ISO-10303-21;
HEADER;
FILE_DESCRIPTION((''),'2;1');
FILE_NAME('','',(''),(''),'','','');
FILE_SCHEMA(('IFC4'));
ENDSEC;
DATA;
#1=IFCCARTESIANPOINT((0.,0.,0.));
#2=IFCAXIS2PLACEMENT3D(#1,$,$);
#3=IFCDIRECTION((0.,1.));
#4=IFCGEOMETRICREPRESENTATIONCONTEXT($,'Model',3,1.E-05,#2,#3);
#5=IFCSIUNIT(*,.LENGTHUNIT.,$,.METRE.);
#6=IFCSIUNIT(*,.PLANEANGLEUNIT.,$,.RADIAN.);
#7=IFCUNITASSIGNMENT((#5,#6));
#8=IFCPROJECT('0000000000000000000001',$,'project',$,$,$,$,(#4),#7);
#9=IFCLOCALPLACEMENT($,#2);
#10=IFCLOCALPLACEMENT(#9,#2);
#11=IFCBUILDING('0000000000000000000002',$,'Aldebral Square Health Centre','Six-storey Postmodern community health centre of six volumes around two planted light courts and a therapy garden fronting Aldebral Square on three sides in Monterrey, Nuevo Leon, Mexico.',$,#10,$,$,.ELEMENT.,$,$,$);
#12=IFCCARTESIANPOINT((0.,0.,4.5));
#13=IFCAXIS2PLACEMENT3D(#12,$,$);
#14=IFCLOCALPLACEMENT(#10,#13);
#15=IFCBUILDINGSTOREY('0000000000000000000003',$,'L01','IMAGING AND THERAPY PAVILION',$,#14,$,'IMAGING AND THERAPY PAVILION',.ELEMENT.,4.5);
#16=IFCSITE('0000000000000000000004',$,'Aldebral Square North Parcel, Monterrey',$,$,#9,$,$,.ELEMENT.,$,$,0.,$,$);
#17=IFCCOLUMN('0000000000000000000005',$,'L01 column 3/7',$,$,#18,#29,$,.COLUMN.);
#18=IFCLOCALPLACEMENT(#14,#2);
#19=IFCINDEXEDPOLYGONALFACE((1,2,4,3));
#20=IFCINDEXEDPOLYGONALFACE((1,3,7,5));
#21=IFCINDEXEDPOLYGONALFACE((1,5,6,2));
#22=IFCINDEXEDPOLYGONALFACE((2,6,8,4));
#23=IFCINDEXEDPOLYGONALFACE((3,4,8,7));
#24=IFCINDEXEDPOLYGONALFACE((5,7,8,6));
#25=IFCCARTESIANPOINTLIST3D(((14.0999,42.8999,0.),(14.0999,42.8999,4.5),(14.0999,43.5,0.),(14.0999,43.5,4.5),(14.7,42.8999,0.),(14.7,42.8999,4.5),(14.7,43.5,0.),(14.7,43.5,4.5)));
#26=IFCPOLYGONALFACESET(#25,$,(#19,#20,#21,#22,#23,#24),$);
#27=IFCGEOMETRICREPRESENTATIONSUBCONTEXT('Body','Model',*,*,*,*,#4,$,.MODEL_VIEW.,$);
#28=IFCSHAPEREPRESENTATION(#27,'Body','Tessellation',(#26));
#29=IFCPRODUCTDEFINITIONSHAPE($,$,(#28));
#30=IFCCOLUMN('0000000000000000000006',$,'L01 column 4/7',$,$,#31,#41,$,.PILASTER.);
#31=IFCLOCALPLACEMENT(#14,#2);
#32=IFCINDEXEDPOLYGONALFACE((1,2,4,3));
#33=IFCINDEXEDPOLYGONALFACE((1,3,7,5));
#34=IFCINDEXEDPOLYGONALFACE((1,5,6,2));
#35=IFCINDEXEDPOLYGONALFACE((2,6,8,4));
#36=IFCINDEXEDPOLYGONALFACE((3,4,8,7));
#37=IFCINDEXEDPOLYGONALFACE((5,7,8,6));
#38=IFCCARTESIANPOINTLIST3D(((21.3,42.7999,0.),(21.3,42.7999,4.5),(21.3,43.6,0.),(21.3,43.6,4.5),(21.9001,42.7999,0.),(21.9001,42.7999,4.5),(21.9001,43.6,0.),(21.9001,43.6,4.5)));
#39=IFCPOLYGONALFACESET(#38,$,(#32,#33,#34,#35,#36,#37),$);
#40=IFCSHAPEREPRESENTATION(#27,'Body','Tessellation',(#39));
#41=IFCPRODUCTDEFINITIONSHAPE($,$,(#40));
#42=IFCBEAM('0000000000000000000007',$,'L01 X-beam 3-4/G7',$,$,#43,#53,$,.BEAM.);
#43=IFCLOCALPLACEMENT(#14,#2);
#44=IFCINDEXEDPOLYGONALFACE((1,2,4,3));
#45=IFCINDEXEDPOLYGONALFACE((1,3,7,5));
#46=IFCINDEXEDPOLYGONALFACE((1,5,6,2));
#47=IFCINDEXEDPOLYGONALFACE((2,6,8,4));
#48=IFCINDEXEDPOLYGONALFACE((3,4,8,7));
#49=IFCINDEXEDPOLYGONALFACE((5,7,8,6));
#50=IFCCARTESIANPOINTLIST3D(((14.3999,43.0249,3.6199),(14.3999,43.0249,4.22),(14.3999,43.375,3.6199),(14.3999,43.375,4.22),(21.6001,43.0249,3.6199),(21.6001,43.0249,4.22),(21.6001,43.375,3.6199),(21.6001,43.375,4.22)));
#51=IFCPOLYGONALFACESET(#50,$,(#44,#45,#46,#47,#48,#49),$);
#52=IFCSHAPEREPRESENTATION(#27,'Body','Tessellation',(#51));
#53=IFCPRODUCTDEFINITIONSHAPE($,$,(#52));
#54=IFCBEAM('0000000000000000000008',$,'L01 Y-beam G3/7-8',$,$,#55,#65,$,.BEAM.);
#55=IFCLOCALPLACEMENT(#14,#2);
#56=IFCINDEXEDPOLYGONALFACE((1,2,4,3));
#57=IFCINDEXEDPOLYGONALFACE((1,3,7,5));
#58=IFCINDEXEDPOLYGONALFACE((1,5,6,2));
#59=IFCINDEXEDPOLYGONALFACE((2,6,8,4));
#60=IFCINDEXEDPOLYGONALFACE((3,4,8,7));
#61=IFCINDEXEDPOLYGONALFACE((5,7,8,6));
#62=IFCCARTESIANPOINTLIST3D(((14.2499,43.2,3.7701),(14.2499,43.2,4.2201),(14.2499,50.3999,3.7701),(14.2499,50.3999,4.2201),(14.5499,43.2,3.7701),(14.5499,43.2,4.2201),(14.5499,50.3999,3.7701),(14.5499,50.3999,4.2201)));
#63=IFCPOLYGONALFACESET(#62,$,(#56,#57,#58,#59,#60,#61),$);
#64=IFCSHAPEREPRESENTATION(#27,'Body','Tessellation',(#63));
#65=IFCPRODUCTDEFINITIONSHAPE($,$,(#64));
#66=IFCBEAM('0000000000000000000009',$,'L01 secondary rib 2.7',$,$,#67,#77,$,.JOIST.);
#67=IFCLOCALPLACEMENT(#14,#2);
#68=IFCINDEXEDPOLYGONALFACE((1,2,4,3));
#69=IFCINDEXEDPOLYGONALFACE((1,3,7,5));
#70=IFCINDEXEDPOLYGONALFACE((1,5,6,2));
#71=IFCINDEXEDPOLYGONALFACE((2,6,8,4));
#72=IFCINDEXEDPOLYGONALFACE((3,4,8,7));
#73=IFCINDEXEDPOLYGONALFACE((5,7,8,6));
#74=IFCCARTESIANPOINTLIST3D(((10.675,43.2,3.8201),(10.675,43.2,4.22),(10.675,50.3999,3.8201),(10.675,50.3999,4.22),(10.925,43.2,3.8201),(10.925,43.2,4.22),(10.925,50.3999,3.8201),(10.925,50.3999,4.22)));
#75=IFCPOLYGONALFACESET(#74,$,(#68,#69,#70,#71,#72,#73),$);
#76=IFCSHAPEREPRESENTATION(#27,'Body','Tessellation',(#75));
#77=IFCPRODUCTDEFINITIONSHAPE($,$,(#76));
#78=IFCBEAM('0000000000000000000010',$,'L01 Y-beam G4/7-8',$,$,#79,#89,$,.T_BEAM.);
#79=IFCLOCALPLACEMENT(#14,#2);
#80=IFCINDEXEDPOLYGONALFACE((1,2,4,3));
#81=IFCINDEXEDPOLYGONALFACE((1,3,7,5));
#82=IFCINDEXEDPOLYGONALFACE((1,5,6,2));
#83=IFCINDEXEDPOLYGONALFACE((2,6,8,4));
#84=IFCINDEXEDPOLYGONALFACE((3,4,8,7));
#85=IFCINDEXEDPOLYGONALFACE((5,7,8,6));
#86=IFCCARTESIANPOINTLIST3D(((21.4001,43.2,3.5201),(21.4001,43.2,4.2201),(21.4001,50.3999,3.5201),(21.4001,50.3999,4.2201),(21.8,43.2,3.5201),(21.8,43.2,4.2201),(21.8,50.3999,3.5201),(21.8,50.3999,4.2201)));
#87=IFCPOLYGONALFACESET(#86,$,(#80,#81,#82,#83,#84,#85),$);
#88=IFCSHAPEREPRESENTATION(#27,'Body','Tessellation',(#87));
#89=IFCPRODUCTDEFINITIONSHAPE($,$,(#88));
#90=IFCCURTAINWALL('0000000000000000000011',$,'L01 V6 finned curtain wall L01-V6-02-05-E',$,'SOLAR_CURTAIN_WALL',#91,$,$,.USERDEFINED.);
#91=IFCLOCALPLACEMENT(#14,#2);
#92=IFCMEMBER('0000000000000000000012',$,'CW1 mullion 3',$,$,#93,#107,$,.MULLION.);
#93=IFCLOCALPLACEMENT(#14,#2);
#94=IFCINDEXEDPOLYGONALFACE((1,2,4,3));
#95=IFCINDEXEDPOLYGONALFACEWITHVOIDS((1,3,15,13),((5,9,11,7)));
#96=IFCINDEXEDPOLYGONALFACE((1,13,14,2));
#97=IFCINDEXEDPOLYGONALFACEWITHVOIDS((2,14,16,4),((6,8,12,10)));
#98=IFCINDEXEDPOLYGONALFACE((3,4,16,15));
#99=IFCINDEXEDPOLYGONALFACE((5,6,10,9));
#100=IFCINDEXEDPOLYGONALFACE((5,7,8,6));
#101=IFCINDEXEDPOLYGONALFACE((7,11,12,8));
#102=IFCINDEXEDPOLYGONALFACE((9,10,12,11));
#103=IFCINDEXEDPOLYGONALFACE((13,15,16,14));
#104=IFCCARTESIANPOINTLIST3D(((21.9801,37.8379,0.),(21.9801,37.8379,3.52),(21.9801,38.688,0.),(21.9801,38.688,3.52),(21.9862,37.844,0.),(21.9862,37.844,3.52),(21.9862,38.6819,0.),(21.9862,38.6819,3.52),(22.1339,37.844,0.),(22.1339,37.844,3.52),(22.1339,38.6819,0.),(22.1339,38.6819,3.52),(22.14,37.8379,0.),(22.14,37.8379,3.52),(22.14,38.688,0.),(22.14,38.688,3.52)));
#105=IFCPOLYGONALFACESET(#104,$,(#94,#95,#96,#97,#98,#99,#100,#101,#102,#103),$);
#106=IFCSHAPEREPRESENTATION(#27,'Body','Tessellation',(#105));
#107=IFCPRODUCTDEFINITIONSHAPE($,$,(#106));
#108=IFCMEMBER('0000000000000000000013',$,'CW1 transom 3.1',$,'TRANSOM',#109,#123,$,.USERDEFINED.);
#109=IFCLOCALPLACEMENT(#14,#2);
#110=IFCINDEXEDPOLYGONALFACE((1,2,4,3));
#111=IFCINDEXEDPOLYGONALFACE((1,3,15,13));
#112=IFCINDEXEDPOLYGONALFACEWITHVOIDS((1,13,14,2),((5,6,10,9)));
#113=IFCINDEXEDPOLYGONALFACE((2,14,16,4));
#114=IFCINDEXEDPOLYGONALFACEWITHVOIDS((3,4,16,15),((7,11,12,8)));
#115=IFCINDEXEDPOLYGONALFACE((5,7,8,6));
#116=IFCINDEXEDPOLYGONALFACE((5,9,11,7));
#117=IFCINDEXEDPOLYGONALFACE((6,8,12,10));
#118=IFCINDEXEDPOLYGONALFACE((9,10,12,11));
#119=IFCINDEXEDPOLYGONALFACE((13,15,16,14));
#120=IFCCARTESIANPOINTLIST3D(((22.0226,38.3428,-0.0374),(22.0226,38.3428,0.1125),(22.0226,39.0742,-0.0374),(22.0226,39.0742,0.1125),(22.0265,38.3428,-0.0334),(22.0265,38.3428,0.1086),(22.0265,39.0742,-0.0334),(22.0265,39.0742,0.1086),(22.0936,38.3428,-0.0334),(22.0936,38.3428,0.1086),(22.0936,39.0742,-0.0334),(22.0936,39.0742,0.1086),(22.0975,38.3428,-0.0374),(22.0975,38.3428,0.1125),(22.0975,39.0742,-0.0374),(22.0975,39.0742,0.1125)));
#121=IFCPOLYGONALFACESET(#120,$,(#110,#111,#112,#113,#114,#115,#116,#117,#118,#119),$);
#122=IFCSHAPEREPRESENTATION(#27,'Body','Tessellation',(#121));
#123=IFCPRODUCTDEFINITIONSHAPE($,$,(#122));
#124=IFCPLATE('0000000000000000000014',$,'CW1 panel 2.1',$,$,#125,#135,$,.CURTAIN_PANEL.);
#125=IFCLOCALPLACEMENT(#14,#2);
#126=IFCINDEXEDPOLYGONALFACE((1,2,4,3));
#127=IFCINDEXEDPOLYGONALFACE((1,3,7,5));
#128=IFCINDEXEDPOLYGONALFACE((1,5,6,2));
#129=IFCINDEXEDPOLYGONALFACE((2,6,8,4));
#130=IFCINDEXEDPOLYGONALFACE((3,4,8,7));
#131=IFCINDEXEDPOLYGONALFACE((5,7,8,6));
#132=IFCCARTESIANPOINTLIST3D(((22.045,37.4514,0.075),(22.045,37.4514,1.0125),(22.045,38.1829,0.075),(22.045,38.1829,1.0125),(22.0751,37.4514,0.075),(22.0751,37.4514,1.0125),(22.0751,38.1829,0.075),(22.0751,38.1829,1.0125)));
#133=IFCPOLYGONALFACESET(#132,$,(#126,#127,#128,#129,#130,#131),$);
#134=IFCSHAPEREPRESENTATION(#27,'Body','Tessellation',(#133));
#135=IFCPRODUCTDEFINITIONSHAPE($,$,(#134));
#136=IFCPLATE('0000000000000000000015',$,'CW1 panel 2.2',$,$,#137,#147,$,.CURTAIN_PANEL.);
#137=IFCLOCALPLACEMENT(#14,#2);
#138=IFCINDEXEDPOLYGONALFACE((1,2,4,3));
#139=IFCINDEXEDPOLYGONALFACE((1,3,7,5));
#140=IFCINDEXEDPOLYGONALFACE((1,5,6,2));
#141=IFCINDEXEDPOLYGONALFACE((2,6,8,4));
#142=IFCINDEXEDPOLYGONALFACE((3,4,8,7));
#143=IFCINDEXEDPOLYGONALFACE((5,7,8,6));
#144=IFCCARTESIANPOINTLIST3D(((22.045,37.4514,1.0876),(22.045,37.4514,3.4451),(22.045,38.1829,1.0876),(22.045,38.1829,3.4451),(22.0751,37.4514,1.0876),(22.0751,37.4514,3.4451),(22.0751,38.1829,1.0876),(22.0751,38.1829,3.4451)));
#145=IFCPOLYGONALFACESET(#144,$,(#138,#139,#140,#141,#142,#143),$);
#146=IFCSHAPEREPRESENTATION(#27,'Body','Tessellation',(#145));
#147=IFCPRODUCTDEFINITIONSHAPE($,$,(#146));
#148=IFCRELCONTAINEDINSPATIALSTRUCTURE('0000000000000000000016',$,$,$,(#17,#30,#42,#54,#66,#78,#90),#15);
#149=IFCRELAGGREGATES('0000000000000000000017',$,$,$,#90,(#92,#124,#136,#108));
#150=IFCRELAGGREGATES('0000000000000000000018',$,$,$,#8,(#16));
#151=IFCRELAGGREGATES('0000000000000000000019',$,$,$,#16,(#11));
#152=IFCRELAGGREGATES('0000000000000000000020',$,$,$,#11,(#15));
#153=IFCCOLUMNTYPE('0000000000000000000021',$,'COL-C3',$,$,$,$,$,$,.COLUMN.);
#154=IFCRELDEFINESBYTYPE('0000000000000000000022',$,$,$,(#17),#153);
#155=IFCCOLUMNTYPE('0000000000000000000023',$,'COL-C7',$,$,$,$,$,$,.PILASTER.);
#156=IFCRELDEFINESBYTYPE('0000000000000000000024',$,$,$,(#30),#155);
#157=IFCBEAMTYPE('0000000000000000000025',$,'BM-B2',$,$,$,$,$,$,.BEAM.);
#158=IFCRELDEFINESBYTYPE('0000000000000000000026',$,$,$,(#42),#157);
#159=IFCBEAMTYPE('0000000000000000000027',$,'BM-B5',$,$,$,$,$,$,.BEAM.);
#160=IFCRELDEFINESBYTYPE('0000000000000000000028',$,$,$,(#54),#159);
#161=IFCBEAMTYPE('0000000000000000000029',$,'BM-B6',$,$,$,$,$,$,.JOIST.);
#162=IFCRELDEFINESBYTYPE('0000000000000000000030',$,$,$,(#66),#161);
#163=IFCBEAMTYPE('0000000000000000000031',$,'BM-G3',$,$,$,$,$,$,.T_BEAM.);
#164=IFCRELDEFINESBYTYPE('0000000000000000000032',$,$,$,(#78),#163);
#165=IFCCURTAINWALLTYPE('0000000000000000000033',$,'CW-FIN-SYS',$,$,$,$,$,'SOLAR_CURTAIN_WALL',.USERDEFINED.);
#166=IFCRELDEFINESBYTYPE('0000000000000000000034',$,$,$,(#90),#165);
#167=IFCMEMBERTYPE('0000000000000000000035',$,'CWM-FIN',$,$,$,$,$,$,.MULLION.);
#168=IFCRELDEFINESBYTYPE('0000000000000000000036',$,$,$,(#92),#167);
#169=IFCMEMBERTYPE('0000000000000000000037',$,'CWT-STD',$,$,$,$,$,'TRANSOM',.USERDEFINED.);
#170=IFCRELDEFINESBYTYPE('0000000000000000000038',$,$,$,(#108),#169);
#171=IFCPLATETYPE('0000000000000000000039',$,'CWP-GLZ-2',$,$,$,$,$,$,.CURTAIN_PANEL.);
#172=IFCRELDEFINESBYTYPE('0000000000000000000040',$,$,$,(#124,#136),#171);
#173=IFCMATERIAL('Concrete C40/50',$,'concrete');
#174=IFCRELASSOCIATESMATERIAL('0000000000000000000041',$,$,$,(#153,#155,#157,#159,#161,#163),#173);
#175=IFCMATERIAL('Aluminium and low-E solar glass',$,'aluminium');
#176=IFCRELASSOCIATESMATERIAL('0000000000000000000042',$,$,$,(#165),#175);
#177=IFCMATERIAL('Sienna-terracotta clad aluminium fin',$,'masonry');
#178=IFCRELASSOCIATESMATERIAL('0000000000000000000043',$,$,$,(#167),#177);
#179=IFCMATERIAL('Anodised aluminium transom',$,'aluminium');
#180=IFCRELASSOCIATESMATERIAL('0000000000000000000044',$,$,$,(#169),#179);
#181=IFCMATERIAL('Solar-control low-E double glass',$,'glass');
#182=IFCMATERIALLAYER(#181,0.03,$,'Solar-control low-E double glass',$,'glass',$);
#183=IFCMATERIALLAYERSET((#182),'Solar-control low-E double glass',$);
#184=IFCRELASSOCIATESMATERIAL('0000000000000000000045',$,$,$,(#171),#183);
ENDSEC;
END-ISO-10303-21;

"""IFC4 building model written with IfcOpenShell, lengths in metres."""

from ifc_helpers import new_model, si_unit, direction, frame, origin, origin_2d, place, context, subcontext, project, spatial, rectangle, hollow_rectangle, extrude, material, layer, layer_set, material_profile, profile_set, type_object, element, aggregate, save


model = new_model("IFC4")

# Units and contexts
model_context = context("Model", 3, precision=1e-05, world=origin(), true_north=direction((0.0, 1.0)))
body_context = subcontext(model_context, "Body", "Model", "MODEL_VIEW")
ifc_project = project(units=[si_unit("LENGTHUNIT", "METRE"), si_unit("PLANEANGLEUNIT", "RADIAN")], contexts=[model_context])

# Site, building, storey
site_placement = place(None, origin())
site = spatial("IfcSite", under=ifc_project, at=site_placement, Name="Aldebral Square North Parcel, Monterrey", CompositionType="ELEMENT", RefElevation=0.0)
building_placement = place(site_placement, origin())
building = spatial("IfcBuilding", under=site, at=building_placement, Name="Aldebral Square Health Centre", Description="Six-storey Postmodern community health centre of six volumes around two planted light courts and a therapy garden fronting Aldebral Square on three sides in Monterrey, Nuevo Leon, Mexico.", CompositionType="ELEMENT")
storey_placement = place(building_placement, frame((0.0, 0.0, 4.5)))
storey = spatial("IfcBuildingStorey", under=building, at=storey_placement, Name="L01", Description="IMAGING AND THERAPY PAVILION", LongName="IMAGING AND THERAPY PAVILION", CompositionType="ELEMENT", Elevation=4.5)

# Columns
ifc_material_1 = material(Name="Concrete C40/50", Category="concrete")
ifc_material_profile_1 = material_profile(ifc_material_1, rectangle(XDim=0.6001, YDim=0.6001, at=origin_2d()), Name="RC 600x600")
ifc_profile_set_1 = profile_set([ifc_material_profile_1], Name="Concrete C40/50")
column_type_1 = type_object("IfcColumnType", Name="COL-C3", PredefinedType="COLUMN", material=ifc_profile_set_1)
column_1_placement = place(storey_placement, frame((14.3999, 43.2, 0.0), z_axis=(0.0, 0.0, 1.0), x_axis=(1.0, 0.0, 0.0)))
element("IfcColumn", 1, at=column_1_placement, inside=storey, type_object=column_type_1, Name="L01 column 3/7", PredefinedType="COLUMN", context=body_context, shape_type="SweptSolid", body=[
    extrude(rectangle(XDim=0.6001, YDim=0.6001, at=origin_2d()), origin(), (0.0, 0.0, 1.0), 4.5),
])
ifc_material_profile_2 = material_profile(ifc_material_1, rectangle(XDim=0.6001, YDim=0.8, at=origin_2d()), Name="RC 600x800")
ifc_profile_set_2 = profile_set([ifc_material_profile_2], Name="Concrete C40/50")
column_type_2 = type_object("IfcColumnType", Name="COL-C7", PredefinedType="PILASTER", material=ifc_profile_set_2)
column_2_placement = place(storey_placement, frame((21.6001, 43.2, 0.0), z_axis=(0.0, 0.0, 1.0), x_axis=(1.0, 0.0, 0.0)))
element("IfcColumn", 2, at=column_2_placement, inside=storey, type_object=column_type_2, Name="L01 column 4/7", PredefinedType="PILASTER", context=body_context, shape_type="SweptSolid", body=[
    extrude(rectangle(XDim=0.6001, YDim=0.8, at=origin_2d()), origin(), (0.0, 0.0, 1.0), 4.5),
])

# Beams
ifc_material_profile_3 = material_profile(ifc_material_1, rectangle(XDim=0.3501, YDim=0.6001, at=origin_2d()), Name="RC 350x600")
ifc_profile_set_3 = profile_set([ifc_material_profile_3], Name="Concrete C40/50")
beam_type_1 = type_object("IfcBeamType", Name="BM-B2", PredefinedType="BEAM", material=ifc_profile_set_3)
beam_1_placement = place(storey_placement, frame((14.3999, 43.2, 3.9199), z_axis=(1.0, 0.0, 0.0), x_axis=(0.0, 1.0, 0.0)))
element("IfcBeam", 3, at=beam_1_placement, inside=storey, type_object=beam_type_1, Name="L01 X-beam 3-4/G7", PredefinedType="BEAM", context=body_context, shape_type="SweptSolid", body=[
    extrude(rectangle(XDim=0.3501, YDim=0.6001, at=origin_2d()), origin(), (0.0, 0.0, 1.0), 7.2002),
])
ifc_material_profile_4 = material_profile(ifc_material_1, rectangle(XDim=0.3, YDim=0.45, at=origin_2d()), Name="RC 300x450")
ifc_profile_set_4 = profile_set([ifc_material_profile_4], Name="Concrete C40/50")
beam_type_2 = type_object("IfcBeamType", Name="BM-B5", PredefinedType="BEAM", material=ifc_profile_set_4)
beam_2_placement = place(storey_placement, frame((14.3999, 43.2, 3.9951), z_axis=(0.0, 1.0, 0.0), x_axis=(-1.0, 0.0, 0.0)))
element("IfcBeam", 4, at=beam_2_placement, inside=storey, type_object=beam_type_2, Name="L01 Y-beam G3/7-8", PredefinedType="BEAM", context=body_context, shape_type="SweptSolid", body=[
    extrude(rectangle(XDim=0.3, YDim=0.45, at=origin_2d()), origin(), (0.0, 0.0, 1.0), 7.2),
])
ifc_material_profile_5 = material_profile(ifc_material_1, rectangle(XDim=0.25, YDim=0.3999, at=origin_2d()), Name="RC 250x400")
ifc_profile_set_5 = profile_set([ifc_material_profile_5], Name="Concrete C40/50")
beam_type_3 = type_object("IfcBeamType", Name="BM-B6", PredefinedType="JOIST", material=ifc_profile_set_5)
beam_3_placement = place(storey_placement, frame((10.8, 43.2, 4.02), z_axis=(0.0, 1.0, 0.0), x_axis=(-1.0, 0.0, 0.0)))
element("IfcBeam", 5, at=beam_3_placement, inside=storey, type_object=beam_type_3, Name="L01 secondary rib 2.7", PredefinedType="JOIST", context=body_context, shape_type="SweptSolid", body=[
    extrude(rectangle(XDim=0.25, YDim=0.3999, at=origin_2d()), origin(), (0.0, 0.0, 1.0), 7.2),
])
ifc_material_profile_6 = material_profile(ifc_material_1, rectangle(XDim=0.3999, YDim=0.7, at=origin_2d()), Name="RC 400x700")
ifc_profile_set_6 = profile_set([ifc_material_profile_6], Name="Concrete C40/50")
beam_type_4 = type_object("IfcBeamType", Name="BM-G3", PredefinedType="T_BEAM", material=ifc_profile_set_6)
beam_4_placement = place(storey_placement, frame((21.6001, 43.2, 3.8701), z_axis=(0.0, 1.0, 0.0), x_axis=(-1.0, 0.0, 0.0)))
element("IfcBeam", 6, at=beam_4_placement, inside=storey, type_object=beam_type_4, Name="L01 Y-beam G4/7-8", PredefinedType="T_BEAM", context=body_context, shape_type="SweptSolid", body=[
    extrude(rectangle(XDim=0.3999, YDim=0.7, at=origin_2d()), origin(), (0.0, 0.0, 1.0), 7.2),
])

# Curtain wall, members, plates
ifc_material_2 = material(Name="Aluminium and low-E solar glass", Category="aluminium")
curtain_wall_type = type_object("IfcCurtainWallType", Name="CW-FIN-SYS", ElementType="SOLAR_CURTAIN_WALL", PredefinedType="USERDEFINED", material=ifc_material_2)
curtain_wall_placement = place(storey_placement, origin())
curtain_wall = element("IfcCurtainWall", 7, at=curtain_wall_placement, inside=storey, type_object=curtain_wall_type, Name="L01 V6 finned curtain wall L01-V6-02-05-E", ObjectType="SOLAR_CURTAIN_WALL", PredefinedType="USERDEFINED")
ifc_material_3 = material(Name="Sienna-terracotta clad aluminium fin", Category="masonry")
ifc_material_profile_7 = material_profile(ifc_material_3, hollow_rectangle(XDim=0.1599, YDim=0.8501, WallThickness=0.0061, at=origin_2d()), Name="FIN 160x850x6")
ifc_profile_set_7 = profile_set([ifc_material_profile_7], Name="Sienna-terracotta clad aluminium fin")
member_type_1 = type_object("IfcMemberType", Name="CWM-FIN", PredefinedType="MULLION", material=ifc_profile_set_7)
member_1_placement = place(storey_placement, frame((22.0601, 38.2629, 0.0), z_axis=(0.0, 0.0, 1.0), x_axis=(-1.0, 0.0, 0.0)))
member_1 = element("IfcMember", 8, at=member_1_placement, type_object=member_type_1, Name="CW1 mullion 3", PredefinedType="MULLION", context=body_context, shape_type="SweptSolid", body=[
    extrude(hollow_rectangle(XDim=0.1599, YDim=0.8501, WallThickness=0.0061, at=origin_2d()), origin(), (0.0, 0.0, 1.0), 3.52),
])
ifc_material_4 = material(Name="Anodised aluminium transom", Category="aluminium")
ifc_material_profile_8 = material_profile(ifc_material_4, hollow_rectangle(XDim=0.075, YDim=0.1499, WallThickness=0.0039, at=origin_2d()), Name="CWT 75x150x4")
ifc_profile_set_8 = profile_set([ifc_material_profile_8], Name="Anodised aluminium transom")
member_type_2 = type_object("IfcMemberType", Name="CWT-STD", ElementType="TRANSOM", PredefinedType="USERDEFINED", material=ifc_profile_set_8)
member_2_placement = place(storey_placement, frame((22.0601, 38.3428, 0.0376), z_axis=(0.0, 1.0, 0.0), x_axis=(-1.0, 0.0, 0.0)))
member_2 = element("IfcMember", 9, at=member_2_placement, type_object=member_type_2, Name="CW1 transom 3.1", ObjectType="TRANSOM", PredefinedType="USERDEFINED", context=body_context, shape_type="SweptSolid", body=[
    extrude(hollow_rectangle(XDim=0.075, YDim=0.1499, WallThickness=0.0039, at=origin_2d()), origin(), (0.0, 0.0, 1.0), 0.7314),
])
ifc_material_5 = material(Name="Solar-control low-E double glass", Category="glass")
ifc_layer_1 = layer(ifc_material_5, 0.03, Name="Solar-control low-E double glass", Category="glass")
ifc_layer_set_1 = layer_set([ifc_layer_1], Name="Solar-control low-E double glass")
plate_type = type_object("IfcPlateType", Name="CWP-GLZ-2", PredefinedType="CURTAIN_PANEL", material=ifc_layer_set_1)
plate_1_placement = place(storey_placement, frame((22.0601, 37.8171, 0.075), z_axis=(0.0, 0.0, 1.0), x_axis=(0.0, 1.0, 0.0)))
plate_1 = element("IfcPlate", 10, at=plate_1_placement, type_object=plate_type, Name="CW1 panel 2.1", PredefinedType="CURTAIN_PANEL", context=body_context, shape_type="SweptSolid", body=[
    extrude(rectangle(XDim=0.7314, YDim=0.03, at=origin_2d()), origin(), (0.0, 0.0, 1.0), 0.9375),
])
plate_2_placement = place(storey_placement, frame((22.0601, 37.8171, 1.0876), z_axis=(0.0, 0.0, 1.0), x_axis=(0.0, 1.0, 0.0)))
plate_2 = element("IfcPlate", 11, at=plate_2_placement, type_object=plate_type, Name="CW1 panel 2.2", PredefinedType="CURTAIN_PANEL", context=body_context, shape_type="SweptSolid", body=[
    extrude(rectangle(XDim=0.7314, YDim=0.03, at=origin_2d()), origin(), (0.0, 0.0, 1.0), 2.3574),
])
aggregate(curtain_wall, [member_1, plate_1, plate_2, member_2])

save(model, "model.ifc")
